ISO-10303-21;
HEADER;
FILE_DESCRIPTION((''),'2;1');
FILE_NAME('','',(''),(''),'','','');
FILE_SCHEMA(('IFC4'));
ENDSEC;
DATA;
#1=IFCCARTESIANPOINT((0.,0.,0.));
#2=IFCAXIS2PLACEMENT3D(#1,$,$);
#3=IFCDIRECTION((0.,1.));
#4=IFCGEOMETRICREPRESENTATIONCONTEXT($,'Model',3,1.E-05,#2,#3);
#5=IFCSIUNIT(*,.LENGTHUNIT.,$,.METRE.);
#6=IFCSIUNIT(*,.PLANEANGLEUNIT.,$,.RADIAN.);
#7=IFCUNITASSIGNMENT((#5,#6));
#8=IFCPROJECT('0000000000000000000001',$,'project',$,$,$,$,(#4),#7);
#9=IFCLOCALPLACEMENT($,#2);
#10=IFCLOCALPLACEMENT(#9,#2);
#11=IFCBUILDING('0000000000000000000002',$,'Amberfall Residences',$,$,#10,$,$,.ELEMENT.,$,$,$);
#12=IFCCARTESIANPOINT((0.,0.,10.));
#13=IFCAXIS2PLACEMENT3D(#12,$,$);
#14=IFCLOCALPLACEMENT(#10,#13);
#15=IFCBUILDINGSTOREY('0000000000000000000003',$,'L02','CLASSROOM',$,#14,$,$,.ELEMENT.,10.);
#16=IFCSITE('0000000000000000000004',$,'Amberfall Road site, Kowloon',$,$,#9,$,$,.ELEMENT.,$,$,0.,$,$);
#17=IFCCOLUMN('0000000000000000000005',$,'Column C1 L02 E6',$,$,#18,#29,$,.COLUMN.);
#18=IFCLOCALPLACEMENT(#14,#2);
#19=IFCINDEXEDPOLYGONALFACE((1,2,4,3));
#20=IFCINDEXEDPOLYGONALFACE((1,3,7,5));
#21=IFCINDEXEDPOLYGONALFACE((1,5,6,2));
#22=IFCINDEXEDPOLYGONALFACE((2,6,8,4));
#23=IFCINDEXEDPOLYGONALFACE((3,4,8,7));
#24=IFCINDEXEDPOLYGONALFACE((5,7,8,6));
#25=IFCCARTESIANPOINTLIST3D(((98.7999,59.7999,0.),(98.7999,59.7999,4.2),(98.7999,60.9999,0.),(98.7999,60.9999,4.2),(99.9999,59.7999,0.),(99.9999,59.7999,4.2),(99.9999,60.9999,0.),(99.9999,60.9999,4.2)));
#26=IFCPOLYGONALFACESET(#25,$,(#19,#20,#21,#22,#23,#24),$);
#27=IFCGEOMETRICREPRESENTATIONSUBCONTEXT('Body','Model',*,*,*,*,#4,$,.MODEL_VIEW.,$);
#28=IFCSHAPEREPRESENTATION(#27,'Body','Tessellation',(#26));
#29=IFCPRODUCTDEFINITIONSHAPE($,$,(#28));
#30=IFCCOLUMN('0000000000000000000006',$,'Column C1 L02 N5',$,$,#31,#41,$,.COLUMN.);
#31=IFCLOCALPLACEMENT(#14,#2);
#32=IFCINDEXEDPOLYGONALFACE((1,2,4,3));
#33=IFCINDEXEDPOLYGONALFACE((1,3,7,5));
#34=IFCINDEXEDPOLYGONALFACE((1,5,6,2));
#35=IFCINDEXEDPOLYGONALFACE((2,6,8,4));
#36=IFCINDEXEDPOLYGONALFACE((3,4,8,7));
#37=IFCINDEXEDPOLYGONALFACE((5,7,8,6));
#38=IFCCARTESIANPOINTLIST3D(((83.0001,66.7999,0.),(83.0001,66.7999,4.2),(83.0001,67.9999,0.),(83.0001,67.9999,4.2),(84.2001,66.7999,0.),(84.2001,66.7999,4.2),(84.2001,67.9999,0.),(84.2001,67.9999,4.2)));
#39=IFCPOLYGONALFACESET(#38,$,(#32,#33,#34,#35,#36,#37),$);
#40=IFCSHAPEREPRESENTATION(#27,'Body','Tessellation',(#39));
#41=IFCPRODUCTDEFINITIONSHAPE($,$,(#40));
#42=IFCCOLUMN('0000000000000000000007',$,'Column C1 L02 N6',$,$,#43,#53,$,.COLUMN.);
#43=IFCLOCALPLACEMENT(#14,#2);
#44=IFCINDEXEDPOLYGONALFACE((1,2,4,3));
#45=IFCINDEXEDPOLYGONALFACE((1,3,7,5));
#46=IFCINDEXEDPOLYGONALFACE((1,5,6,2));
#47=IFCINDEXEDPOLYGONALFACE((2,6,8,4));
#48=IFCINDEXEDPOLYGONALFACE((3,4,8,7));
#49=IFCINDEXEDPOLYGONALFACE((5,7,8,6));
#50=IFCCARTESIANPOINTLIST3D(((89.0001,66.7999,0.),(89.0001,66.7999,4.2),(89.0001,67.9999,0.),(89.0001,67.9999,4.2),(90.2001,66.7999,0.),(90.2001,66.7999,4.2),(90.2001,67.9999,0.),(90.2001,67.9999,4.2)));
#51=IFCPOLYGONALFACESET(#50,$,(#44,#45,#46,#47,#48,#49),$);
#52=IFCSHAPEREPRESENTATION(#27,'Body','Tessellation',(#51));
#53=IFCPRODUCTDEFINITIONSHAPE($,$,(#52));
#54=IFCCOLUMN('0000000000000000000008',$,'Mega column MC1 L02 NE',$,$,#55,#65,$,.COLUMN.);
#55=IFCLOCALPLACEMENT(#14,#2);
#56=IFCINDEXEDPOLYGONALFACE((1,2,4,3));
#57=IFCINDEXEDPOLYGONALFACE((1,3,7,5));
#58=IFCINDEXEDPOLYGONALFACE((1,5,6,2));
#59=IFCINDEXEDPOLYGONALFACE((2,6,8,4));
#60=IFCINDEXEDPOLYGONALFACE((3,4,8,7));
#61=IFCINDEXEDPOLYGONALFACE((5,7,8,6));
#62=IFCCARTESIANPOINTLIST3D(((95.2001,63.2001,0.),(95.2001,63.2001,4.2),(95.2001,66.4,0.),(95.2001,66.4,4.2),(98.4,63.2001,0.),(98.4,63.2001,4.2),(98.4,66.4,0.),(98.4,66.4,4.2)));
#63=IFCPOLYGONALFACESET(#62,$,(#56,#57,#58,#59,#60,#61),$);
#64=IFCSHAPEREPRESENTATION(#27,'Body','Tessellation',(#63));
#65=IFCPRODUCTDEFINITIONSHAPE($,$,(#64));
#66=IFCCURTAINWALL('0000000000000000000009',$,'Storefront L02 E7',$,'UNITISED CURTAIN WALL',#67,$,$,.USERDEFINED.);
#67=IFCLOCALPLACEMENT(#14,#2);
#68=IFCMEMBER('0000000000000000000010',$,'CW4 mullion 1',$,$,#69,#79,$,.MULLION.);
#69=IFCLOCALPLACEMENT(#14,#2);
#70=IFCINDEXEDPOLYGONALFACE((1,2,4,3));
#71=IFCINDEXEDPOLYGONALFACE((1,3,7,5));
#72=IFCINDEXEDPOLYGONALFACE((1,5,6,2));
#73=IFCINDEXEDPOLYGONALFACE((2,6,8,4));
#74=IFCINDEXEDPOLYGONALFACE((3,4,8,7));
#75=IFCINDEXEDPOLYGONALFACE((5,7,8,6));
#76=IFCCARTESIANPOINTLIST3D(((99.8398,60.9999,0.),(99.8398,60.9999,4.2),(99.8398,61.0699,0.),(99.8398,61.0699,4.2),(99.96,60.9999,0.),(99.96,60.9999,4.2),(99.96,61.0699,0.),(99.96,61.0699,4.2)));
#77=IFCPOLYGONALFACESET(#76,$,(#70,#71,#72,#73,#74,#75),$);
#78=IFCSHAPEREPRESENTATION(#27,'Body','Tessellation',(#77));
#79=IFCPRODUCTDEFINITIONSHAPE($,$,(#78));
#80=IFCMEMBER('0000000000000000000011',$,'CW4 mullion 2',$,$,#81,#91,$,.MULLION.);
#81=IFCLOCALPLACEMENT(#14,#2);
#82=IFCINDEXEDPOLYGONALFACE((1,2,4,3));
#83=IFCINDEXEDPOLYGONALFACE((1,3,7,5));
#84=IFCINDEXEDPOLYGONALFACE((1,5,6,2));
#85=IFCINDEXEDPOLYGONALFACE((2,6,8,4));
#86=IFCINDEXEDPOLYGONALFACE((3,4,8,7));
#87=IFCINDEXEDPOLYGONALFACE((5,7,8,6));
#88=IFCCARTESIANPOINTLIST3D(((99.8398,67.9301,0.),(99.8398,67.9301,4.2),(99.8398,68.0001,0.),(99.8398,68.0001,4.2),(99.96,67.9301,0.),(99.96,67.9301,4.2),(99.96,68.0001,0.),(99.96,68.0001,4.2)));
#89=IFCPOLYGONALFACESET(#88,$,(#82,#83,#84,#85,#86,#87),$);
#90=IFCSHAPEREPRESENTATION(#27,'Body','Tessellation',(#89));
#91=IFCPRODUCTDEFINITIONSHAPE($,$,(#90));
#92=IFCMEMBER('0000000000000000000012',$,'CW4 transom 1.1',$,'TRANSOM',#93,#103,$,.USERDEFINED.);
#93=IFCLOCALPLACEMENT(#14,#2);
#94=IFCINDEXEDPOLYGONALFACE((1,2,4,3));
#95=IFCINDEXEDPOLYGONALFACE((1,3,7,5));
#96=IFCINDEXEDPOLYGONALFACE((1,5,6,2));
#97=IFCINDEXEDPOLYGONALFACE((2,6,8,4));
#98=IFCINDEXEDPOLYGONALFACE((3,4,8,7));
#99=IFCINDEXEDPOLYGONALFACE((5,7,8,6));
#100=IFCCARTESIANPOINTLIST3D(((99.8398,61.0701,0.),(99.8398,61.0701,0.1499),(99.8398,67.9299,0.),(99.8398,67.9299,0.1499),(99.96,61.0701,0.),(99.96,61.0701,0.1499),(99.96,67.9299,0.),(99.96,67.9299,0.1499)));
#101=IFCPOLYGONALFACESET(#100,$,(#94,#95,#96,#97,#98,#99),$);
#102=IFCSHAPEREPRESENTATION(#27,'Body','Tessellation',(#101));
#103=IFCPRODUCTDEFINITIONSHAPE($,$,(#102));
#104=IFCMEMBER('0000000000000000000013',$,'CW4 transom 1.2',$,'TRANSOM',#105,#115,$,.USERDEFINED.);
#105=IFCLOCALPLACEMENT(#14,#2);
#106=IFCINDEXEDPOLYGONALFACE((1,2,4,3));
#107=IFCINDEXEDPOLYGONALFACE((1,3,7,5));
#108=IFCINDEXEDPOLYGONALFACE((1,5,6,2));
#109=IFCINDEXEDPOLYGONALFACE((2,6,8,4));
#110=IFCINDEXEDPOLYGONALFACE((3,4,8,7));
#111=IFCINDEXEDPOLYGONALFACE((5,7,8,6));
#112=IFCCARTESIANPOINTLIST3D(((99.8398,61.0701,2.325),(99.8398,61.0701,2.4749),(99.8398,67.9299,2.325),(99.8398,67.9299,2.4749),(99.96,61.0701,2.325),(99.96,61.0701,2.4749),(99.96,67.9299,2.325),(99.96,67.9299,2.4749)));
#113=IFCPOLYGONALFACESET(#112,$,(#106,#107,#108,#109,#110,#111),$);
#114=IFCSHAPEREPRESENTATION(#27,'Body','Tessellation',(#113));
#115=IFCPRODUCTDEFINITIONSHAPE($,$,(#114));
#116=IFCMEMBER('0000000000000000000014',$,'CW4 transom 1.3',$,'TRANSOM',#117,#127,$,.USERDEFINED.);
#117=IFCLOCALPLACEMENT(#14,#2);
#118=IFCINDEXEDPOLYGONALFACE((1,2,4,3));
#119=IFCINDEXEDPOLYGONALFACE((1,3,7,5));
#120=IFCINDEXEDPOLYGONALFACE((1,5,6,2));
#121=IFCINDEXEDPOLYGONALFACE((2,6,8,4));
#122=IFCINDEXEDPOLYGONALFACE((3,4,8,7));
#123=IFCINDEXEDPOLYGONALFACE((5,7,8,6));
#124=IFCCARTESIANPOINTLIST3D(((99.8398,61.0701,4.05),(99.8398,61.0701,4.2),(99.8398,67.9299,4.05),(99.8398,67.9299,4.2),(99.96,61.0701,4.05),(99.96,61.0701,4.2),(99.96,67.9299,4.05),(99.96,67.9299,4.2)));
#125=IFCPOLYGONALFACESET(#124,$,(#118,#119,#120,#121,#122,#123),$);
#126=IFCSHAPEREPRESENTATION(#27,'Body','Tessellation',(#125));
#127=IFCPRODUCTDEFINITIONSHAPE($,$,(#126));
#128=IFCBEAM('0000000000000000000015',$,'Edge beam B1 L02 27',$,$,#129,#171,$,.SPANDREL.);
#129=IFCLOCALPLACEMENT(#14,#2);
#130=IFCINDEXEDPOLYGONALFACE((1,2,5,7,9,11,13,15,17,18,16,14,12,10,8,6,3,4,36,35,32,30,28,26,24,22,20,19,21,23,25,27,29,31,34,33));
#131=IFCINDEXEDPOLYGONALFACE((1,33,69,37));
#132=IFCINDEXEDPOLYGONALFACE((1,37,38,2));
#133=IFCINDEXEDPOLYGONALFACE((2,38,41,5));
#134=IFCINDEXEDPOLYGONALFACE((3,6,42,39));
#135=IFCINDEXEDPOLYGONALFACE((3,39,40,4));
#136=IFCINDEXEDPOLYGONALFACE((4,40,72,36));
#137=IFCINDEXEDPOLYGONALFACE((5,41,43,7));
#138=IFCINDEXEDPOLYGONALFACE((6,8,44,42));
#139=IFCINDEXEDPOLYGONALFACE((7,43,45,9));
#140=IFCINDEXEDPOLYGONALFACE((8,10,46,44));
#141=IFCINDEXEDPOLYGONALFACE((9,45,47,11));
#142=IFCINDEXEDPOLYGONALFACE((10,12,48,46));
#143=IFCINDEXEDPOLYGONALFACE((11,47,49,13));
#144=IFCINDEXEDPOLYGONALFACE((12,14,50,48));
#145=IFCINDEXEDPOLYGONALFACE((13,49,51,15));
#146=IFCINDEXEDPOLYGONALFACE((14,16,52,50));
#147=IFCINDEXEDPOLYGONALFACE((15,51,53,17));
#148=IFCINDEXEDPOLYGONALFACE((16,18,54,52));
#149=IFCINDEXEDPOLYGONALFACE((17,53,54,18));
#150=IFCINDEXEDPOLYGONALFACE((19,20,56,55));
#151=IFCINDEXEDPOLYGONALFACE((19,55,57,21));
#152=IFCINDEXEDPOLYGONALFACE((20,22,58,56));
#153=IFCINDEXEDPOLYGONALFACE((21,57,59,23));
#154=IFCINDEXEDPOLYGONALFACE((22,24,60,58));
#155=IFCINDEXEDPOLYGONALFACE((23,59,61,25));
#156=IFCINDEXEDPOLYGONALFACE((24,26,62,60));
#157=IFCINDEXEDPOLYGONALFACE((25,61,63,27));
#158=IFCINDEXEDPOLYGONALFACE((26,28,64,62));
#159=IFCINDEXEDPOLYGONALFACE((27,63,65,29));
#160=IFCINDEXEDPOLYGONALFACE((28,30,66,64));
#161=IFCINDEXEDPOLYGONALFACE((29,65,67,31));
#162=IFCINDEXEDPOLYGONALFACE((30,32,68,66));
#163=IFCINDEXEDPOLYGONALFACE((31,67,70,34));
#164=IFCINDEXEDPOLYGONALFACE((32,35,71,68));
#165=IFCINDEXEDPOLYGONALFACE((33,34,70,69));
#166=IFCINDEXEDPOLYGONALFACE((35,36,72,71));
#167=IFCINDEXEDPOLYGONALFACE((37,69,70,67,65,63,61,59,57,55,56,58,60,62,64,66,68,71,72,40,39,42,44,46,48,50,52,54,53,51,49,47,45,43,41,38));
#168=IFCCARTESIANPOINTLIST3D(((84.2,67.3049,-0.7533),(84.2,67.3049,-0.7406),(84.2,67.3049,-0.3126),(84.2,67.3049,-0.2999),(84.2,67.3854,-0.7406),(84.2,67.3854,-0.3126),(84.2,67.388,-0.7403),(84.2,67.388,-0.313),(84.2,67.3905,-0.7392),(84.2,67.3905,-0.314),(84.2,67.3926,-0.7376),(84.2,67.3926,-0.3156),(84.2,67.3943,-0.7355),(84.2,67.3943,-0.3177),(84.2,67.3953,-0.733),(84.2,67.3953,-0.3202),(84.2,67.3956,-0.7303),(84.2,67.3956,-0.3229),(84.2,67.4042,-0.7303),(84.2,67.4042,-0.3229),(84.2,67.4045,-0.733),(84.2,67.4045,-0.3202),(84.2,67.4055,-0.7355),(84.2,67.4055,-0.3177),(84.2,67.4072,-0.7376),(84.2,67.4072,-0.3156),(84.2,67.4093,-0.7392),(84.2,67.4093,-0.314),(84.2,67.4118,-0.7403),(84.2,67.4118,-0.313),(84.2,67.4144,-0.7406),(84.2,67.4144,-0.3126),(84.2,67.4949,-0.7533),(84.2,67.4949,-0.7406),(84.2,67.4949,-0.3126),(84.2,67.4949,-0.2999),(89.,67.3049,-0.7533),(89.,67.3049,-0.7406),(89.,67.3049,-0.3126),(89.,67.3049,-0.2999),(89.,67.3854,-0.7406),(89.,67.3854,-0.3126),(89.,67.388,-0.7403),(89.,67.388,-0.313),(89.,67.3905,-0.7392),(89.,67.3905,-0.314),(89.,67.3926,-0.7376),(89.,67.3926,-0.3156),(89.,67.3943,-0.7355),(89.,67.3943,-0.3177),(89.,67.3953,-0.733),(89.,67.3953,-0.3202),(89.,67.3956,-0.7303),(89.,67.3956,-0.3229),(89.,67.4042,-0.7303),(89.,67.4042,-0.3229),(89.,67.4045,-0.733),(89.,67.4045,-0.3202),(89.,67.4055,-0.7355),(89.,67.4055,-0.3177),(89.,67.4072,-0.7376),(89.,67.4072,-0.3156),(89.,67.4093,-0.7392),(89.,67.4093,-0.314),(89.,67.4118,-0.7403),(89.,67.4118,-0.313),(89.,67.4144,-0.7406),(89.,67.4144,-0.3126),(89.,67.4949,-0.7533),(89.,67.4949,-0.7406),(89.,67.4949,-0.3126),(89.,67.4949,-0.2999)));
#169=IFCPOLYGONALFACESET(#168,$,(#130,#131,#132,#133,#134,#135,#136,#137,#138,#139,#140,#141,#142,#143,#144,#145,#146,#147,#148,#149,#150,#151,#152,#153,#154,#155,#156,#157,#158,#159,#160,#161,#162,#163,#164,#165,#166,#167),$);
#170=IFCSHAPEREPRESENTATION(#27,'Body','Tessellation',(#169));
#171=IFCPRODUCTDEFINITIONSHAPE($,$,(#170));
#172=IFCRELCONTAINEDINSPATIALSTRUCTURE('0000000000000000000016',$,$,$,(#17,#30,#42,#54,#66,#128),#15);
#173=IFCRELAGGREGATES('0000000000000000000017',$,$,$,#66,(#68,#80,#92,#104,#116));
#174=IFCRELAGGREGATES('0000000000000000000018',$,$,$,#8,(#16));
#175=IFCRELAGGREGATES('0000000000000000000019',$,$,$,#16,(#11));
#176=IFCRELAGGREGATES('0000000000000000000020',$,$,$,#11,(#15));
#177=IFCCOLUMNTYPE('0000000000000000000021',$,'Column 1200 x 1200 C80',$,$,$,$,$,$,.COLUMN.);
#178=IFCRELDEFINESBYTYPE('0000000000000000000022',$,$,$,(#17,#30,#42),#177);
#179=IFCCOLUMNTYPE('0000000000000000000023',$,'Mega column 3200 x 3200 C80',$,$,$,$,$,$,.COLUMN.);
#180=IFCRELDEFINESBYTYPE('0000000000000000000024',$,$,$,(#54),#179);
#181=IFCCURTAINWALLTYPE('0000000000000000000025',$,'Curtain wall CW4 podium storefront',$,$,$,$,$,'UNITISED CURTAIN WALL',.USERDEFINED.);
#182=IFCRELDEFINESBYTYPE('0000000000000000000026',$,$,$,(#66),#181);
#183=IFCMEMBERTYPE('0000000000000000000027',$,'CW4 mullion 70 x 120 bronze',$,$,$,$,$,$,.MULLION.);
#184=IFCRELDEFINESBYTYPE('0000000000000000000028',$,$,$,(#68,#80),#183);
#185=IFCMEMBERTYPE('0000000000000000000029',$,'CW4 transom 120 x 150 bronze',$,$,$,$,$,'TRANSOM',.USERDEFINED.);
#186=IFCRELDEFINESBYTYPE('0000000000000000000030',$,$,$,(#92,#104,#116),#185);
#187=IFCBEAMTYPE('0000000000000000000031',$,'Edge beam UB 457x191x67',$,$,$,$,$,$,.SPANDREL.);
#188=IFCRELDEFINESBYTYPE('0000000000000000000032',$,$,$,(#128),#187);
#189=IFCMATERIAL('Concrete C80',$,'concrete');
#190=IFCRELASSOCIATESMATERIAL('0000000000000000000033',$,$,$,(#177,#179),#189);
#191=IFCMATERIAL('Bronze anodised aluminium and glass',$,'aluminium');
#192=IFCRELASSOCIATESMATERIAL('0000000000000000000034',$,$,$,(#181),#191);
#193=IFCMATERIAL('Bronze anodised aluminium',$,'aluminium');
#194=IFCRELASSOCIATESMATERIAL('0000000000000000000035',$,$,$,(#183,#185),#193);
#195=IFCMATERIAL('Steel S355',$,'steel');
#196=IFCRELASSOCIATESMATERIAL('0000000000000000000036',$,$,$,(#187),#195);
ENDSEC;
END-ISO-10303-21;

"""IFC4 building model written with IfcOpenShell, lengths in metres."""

from ifc_helpers import new_model, si_unit, direction, frame, origin, origin_2d, place, context, subcontext, project, spatial, rectangle, i_section, extrude, material, material_profile, profile_set, type_object, element, aggregate, save


model = new_model("IFC4")

# Units and contexts
model_context = context("Model", 3, precision=1e-05, world=origin(), true_north=direction((0.0, 1.0)))
body_context = subcontext(model_context, "Body", "Model", "MODEL_VIEW")
ifc_project = project(units=[si_unit("LENGTHUNIT", "METRE"), si_unit("PLANEANGLEUNIT", "RADIAN")], contexts=[model_context])

# Site, building, storey
site_placement = place(None, origin())
site = spatial("IfcSite", under=ifc_project, at=site_placement, Name="Amberfall Road site, Kowloon", CompositionType="ELEMENT", RefElevation=0.0)
building_placement = place(site_placement, origin())
building = spatial("IfcBuilding", under=site, at=building_placement, Name="Amberfall Residences", CompositionType="ELEMENT")
storey_placement = place(building_placement, frame((0.0, 0.0, 10.0)))
storey = spatial("IfcBuildingStorey", under=building, at=storey_placement, Name="L02", Description="CLASSROOM", CompositionType="ELEMENT", Elevation=10.0)

# Columns
ifc_material_1 = material(Name="Concrete C80", Category="concrete")
ifc_material_profile_1 = material_profile(ifc_material_1, rectangle(XDim=1.2, YDim=1.2, at=origin_2d()), Name="Column 1200 x 1200 C80")
ifc_profile_set_1 = profile_set([ifc_material_profile_1], Name="Concrete C80")
column_type_1 = type_object("IfcColumnType", Name="Column 1200 x 1200 C80", PredefinedType="COLUMN", material=ifc_profile_set_1)
for number, where, z_axis, x_axis, name in (
    (1, (99.3999, 60.3999, 0.0), (0.0, 0.0, 1.0), (1.0, 0.0, 0.0), "Column C1 L02 E6"),
    (2, (83.6001, 67.3999, 0.0), (0.0, 0.0, 1.0), (1.0, 0.0, 0.0), "Column C1 L02 N5"),
    (3, (89.6001, 67.3999, 0.0), (0.0, 0.0, 1.0), (1.0, 0.0, 0.0), "Column C1 L02 N6"),
):
    element("IfcColumn", number, at=place(storey_placement, frame(where, z_axis=z_axis, x_axis=x_axis)), inside=storey, type_object=column_type_1, Name=name, PredefinedType="COLUMN", context=body_context, shape_type="SweptSolid", body=[
        extrude(rectangle(XDim=1.2, YDim=1.2, at=origin_2d()), origin(), (0.0, 0.0, 1.0), 4.2),
    ])
ifc_material_profile_2 = material_profile(ifc_material_1, rectangle(XDim=3.2, YDim=3.2, at=origin_2d()), Name="Mega column 3200 x 3200 C80")
ifc_profile_set_2 = profile_set([ifc_material_profile_2], Name="Concrete C80")
column_type_2 = type_object("IfcColumnType", Name="Mega column 3200 x 3200 C80", PredefinedType="COLUMN", material=ifc_profile_set_2)
column_placement = place(storey_placement, frame((96.8, 64.8, 0.0), z_axis=(0.0, 0.0, 1.0), x_axis=(1.0, 0.0, 0.0)))
element("IfcColumn", 4, at=column_placement, inside=storey, type_object=column_type_2, Name="Mega column MC1 L02 NE", PredefinedType="COLUMN", context=body_context, shape_type="SweptSolid", body=[
    extrude(rectangle(XDim=3.2, YDim=3.2, at=origin_2d()), origin(), (0.0, 0.0, 1.0), 4.2),
])

# Curtain wall, members
ifc_material_2 = material(Name="Bronze anodised aluminium and glass", Category="aluminium")
curtain_wall_type = type_object("IfcCurtainWallType", Name="Curtain wall CW4 podium storefront", ElementType="UNITISED CURTAIN WALL", PredefinedType="USERDEFINED", material=ifc_material_2)
curtain_wall_placement = place(storey_placement, origin())
curtain_wall = element("IfcCurtainWall", 5, at=curtain_wall_placement, inside=storey, type_object=curtain_wall_type, Name="Storefront L02 E7", ObjectType="UNITISED CURTAIN WALL", PredefinedType="USERDEFINED")
ifc_material_3 = material(Name="Bronze anodised aluminium", Category="aluminium")
ifc_material_profile_3 = material_profile(ifc_material_3, rectangle(XDim=0.1201, YDim=0.0701, at=origin_2d()), Name="CW4 mullion 70 x 120 bronze")
ifc_profile_set_3 = profile_set([ifc_material_profile_3], Name="Bronze anodised aluminium")
member_type_1 = type_object("IfcMemberType", Name="CW4 mullion 70 x 120 bronze", PredefinedType="MULLION", material=ifc_profile_set_3)
member_1_placement = place(storey_placement, frame((99.8999, 61.0349, 0.0), z_axis=(0.0, 0.0, 1.0), x_axis=(-1.0, 0.0, 0.0)))
member_1 = element("IfcMember", 6, at=member_1_placement, type_object=member_type_1, Name="CW4 mullion 1", PredefinedType="MULLION", context=body_context, shape_type="SweptSolid", body=[
    extrude(rectangle(XDim=0.1201, YDim=0.0701, at=origin_2d()), origin(), (0.0, 0.0, 1.0), 4.2),
])
member_2_placement = place(storey_placement, frame((99.8999, 67.9651, 0.0), z_axis=(0.0, 0.0, 1.0), x_axis=(-1.0, 0.0, 0.0)))
member_2 = element("IfcMember", 7, at=member_2_placement, type_object=member_type_1, Name="CW4 mullion 2", PredefinedType="MULLION", context=body_context, shape_type="SweptSolid", body=[
    extrude(rectangle(XDim=0.1201, YDim=0.0701, at=origin_2d()), origin(), (0.0, 0.0, 1.0), 4.2),
])
ifc_material_profile_4 = material_profile(ifc_material_3, rectangle(XDim=0.1201, YDim=0.1499, at=origin_2d()), Name="CW4 transom 120 x 150 bronze")
ifc_profile_set_4 = profile_set([ifc_material_profile_4], Name="Bronze anodised aluminium")
member_type_2 = type_object("IfcMemberType", Name="CW4 transom 120 x 150 bronze", ElementType="TRANSOM", PredefinedType="USERDEFINED", material=ifc_profile_set_4)
member_3_placement = place(storey_placement, frame((99.8999, 61.0701, 0.075), z_axis=(0.0, 1.0, 0.0), x_axis=(-1.0, 0.0, 0.0)))
member_3 = element("IfcMember", 8, at=member_3_placement, type_object=member_type_2, Name="CW4 transom 1.1", ObjectType="TRANSOM", PredefinedType="USERDEFINED", context=body_context, shape_type="SweptSolid", body=[
    extrude(rectangle(XDim=0.1201, YDim=0.1499, at=origin_2d()), origin(), (0.0, 0.0, 1.0), 6.8599),
])
member_4_placement = place(storey_placement, frame((99.8999, 61.0701, 2.3999), z_axis=(0.0, 1.0, 0.0), x_axis=(-1.0, 0.0, 0.0)))
member_4 = element("IfcMember", 9, at=member_4_placement, type_object=member_type_2, Name="CW4 transom 1.2", ObjectType="TRANSOM", PredefinedType="USERDEFINED", context=body_context, shape_type="SweptSolid", body=[
    extrude(rectangle(XDim=0.1201, YDim=0.1499, at=origin_2d()), origin(), (0.0, 0.0, 1.0), 6.8599),
])
member_5_placement = place(storey_placement, frame((99.8999, 61.0701, 4.125), z_axis=(0.0, 1.0, 0.0), x_axis=(-1.0, 0.0, 0.0)))
member_5 = element("IfcMember", 10, at=member_5_placement, type_object=member_type_2, Name="CW4 transom 1.3", ObjectType="TRANSOM", PredefinedType="USERDEFINED", context=body_context, shape_type="SweptSolid", body=[
    extrude(rectangle(XDim=0.1201, YDim=0.1499, at=origin_2d()), origin(), (0.0, 0.0, 1.0), 6.8599),
])

# Beam
ifc_material_4 = material(Name="Steel S355", Category="steel")
ifc_material_profile_5 = material_profile(ifc_material_4, i_section(OverallWidth=0.1899, OverallDepth=0.4534, WebThickness=0.0085, FlangeThickness=0.0127, FilletRadius=0.0103, at=origin_2d()), Name="UB 457x191x67")
ifc_profile_set_5 = profile_set([ifc_material_profile_5], Name="Steel S355")
beam_type_1 = type_object("IfcBeamType", Name="Edge beam UB 457x191x67", PredefinedType="SPANDREL", material=ifc_profile_set_5)
beam_1_placement = place(storey_placement, frame((84.2, 67.3999, -0.5266), z_axis=(1.0, 0.0, 0.0), x_axis=(0.0, 1.0, 0.0)))
element("IfcBeam", 11, at=beam_1_placement, inside=storey, type_object=beam_type_1, Name="Edge beam B1 L02 27", PredefinedType="SPANDREL", context=body_context, shape_type="SweptSolid", body=[
    extrude(i_section(OverallWidth=0.1899, OverallDepth=0.4534, WebThickness=0.0085, FlangeThickness=0.0127, FilletRadius=0.0103, at=origin_2d()), origin(), (0.0, 0.0, 1.0), 4.8),
])

aggregate(curtain_wall, [member_1, member_2, member_3, member_4, member_5])

save(model, "model.ifc")
